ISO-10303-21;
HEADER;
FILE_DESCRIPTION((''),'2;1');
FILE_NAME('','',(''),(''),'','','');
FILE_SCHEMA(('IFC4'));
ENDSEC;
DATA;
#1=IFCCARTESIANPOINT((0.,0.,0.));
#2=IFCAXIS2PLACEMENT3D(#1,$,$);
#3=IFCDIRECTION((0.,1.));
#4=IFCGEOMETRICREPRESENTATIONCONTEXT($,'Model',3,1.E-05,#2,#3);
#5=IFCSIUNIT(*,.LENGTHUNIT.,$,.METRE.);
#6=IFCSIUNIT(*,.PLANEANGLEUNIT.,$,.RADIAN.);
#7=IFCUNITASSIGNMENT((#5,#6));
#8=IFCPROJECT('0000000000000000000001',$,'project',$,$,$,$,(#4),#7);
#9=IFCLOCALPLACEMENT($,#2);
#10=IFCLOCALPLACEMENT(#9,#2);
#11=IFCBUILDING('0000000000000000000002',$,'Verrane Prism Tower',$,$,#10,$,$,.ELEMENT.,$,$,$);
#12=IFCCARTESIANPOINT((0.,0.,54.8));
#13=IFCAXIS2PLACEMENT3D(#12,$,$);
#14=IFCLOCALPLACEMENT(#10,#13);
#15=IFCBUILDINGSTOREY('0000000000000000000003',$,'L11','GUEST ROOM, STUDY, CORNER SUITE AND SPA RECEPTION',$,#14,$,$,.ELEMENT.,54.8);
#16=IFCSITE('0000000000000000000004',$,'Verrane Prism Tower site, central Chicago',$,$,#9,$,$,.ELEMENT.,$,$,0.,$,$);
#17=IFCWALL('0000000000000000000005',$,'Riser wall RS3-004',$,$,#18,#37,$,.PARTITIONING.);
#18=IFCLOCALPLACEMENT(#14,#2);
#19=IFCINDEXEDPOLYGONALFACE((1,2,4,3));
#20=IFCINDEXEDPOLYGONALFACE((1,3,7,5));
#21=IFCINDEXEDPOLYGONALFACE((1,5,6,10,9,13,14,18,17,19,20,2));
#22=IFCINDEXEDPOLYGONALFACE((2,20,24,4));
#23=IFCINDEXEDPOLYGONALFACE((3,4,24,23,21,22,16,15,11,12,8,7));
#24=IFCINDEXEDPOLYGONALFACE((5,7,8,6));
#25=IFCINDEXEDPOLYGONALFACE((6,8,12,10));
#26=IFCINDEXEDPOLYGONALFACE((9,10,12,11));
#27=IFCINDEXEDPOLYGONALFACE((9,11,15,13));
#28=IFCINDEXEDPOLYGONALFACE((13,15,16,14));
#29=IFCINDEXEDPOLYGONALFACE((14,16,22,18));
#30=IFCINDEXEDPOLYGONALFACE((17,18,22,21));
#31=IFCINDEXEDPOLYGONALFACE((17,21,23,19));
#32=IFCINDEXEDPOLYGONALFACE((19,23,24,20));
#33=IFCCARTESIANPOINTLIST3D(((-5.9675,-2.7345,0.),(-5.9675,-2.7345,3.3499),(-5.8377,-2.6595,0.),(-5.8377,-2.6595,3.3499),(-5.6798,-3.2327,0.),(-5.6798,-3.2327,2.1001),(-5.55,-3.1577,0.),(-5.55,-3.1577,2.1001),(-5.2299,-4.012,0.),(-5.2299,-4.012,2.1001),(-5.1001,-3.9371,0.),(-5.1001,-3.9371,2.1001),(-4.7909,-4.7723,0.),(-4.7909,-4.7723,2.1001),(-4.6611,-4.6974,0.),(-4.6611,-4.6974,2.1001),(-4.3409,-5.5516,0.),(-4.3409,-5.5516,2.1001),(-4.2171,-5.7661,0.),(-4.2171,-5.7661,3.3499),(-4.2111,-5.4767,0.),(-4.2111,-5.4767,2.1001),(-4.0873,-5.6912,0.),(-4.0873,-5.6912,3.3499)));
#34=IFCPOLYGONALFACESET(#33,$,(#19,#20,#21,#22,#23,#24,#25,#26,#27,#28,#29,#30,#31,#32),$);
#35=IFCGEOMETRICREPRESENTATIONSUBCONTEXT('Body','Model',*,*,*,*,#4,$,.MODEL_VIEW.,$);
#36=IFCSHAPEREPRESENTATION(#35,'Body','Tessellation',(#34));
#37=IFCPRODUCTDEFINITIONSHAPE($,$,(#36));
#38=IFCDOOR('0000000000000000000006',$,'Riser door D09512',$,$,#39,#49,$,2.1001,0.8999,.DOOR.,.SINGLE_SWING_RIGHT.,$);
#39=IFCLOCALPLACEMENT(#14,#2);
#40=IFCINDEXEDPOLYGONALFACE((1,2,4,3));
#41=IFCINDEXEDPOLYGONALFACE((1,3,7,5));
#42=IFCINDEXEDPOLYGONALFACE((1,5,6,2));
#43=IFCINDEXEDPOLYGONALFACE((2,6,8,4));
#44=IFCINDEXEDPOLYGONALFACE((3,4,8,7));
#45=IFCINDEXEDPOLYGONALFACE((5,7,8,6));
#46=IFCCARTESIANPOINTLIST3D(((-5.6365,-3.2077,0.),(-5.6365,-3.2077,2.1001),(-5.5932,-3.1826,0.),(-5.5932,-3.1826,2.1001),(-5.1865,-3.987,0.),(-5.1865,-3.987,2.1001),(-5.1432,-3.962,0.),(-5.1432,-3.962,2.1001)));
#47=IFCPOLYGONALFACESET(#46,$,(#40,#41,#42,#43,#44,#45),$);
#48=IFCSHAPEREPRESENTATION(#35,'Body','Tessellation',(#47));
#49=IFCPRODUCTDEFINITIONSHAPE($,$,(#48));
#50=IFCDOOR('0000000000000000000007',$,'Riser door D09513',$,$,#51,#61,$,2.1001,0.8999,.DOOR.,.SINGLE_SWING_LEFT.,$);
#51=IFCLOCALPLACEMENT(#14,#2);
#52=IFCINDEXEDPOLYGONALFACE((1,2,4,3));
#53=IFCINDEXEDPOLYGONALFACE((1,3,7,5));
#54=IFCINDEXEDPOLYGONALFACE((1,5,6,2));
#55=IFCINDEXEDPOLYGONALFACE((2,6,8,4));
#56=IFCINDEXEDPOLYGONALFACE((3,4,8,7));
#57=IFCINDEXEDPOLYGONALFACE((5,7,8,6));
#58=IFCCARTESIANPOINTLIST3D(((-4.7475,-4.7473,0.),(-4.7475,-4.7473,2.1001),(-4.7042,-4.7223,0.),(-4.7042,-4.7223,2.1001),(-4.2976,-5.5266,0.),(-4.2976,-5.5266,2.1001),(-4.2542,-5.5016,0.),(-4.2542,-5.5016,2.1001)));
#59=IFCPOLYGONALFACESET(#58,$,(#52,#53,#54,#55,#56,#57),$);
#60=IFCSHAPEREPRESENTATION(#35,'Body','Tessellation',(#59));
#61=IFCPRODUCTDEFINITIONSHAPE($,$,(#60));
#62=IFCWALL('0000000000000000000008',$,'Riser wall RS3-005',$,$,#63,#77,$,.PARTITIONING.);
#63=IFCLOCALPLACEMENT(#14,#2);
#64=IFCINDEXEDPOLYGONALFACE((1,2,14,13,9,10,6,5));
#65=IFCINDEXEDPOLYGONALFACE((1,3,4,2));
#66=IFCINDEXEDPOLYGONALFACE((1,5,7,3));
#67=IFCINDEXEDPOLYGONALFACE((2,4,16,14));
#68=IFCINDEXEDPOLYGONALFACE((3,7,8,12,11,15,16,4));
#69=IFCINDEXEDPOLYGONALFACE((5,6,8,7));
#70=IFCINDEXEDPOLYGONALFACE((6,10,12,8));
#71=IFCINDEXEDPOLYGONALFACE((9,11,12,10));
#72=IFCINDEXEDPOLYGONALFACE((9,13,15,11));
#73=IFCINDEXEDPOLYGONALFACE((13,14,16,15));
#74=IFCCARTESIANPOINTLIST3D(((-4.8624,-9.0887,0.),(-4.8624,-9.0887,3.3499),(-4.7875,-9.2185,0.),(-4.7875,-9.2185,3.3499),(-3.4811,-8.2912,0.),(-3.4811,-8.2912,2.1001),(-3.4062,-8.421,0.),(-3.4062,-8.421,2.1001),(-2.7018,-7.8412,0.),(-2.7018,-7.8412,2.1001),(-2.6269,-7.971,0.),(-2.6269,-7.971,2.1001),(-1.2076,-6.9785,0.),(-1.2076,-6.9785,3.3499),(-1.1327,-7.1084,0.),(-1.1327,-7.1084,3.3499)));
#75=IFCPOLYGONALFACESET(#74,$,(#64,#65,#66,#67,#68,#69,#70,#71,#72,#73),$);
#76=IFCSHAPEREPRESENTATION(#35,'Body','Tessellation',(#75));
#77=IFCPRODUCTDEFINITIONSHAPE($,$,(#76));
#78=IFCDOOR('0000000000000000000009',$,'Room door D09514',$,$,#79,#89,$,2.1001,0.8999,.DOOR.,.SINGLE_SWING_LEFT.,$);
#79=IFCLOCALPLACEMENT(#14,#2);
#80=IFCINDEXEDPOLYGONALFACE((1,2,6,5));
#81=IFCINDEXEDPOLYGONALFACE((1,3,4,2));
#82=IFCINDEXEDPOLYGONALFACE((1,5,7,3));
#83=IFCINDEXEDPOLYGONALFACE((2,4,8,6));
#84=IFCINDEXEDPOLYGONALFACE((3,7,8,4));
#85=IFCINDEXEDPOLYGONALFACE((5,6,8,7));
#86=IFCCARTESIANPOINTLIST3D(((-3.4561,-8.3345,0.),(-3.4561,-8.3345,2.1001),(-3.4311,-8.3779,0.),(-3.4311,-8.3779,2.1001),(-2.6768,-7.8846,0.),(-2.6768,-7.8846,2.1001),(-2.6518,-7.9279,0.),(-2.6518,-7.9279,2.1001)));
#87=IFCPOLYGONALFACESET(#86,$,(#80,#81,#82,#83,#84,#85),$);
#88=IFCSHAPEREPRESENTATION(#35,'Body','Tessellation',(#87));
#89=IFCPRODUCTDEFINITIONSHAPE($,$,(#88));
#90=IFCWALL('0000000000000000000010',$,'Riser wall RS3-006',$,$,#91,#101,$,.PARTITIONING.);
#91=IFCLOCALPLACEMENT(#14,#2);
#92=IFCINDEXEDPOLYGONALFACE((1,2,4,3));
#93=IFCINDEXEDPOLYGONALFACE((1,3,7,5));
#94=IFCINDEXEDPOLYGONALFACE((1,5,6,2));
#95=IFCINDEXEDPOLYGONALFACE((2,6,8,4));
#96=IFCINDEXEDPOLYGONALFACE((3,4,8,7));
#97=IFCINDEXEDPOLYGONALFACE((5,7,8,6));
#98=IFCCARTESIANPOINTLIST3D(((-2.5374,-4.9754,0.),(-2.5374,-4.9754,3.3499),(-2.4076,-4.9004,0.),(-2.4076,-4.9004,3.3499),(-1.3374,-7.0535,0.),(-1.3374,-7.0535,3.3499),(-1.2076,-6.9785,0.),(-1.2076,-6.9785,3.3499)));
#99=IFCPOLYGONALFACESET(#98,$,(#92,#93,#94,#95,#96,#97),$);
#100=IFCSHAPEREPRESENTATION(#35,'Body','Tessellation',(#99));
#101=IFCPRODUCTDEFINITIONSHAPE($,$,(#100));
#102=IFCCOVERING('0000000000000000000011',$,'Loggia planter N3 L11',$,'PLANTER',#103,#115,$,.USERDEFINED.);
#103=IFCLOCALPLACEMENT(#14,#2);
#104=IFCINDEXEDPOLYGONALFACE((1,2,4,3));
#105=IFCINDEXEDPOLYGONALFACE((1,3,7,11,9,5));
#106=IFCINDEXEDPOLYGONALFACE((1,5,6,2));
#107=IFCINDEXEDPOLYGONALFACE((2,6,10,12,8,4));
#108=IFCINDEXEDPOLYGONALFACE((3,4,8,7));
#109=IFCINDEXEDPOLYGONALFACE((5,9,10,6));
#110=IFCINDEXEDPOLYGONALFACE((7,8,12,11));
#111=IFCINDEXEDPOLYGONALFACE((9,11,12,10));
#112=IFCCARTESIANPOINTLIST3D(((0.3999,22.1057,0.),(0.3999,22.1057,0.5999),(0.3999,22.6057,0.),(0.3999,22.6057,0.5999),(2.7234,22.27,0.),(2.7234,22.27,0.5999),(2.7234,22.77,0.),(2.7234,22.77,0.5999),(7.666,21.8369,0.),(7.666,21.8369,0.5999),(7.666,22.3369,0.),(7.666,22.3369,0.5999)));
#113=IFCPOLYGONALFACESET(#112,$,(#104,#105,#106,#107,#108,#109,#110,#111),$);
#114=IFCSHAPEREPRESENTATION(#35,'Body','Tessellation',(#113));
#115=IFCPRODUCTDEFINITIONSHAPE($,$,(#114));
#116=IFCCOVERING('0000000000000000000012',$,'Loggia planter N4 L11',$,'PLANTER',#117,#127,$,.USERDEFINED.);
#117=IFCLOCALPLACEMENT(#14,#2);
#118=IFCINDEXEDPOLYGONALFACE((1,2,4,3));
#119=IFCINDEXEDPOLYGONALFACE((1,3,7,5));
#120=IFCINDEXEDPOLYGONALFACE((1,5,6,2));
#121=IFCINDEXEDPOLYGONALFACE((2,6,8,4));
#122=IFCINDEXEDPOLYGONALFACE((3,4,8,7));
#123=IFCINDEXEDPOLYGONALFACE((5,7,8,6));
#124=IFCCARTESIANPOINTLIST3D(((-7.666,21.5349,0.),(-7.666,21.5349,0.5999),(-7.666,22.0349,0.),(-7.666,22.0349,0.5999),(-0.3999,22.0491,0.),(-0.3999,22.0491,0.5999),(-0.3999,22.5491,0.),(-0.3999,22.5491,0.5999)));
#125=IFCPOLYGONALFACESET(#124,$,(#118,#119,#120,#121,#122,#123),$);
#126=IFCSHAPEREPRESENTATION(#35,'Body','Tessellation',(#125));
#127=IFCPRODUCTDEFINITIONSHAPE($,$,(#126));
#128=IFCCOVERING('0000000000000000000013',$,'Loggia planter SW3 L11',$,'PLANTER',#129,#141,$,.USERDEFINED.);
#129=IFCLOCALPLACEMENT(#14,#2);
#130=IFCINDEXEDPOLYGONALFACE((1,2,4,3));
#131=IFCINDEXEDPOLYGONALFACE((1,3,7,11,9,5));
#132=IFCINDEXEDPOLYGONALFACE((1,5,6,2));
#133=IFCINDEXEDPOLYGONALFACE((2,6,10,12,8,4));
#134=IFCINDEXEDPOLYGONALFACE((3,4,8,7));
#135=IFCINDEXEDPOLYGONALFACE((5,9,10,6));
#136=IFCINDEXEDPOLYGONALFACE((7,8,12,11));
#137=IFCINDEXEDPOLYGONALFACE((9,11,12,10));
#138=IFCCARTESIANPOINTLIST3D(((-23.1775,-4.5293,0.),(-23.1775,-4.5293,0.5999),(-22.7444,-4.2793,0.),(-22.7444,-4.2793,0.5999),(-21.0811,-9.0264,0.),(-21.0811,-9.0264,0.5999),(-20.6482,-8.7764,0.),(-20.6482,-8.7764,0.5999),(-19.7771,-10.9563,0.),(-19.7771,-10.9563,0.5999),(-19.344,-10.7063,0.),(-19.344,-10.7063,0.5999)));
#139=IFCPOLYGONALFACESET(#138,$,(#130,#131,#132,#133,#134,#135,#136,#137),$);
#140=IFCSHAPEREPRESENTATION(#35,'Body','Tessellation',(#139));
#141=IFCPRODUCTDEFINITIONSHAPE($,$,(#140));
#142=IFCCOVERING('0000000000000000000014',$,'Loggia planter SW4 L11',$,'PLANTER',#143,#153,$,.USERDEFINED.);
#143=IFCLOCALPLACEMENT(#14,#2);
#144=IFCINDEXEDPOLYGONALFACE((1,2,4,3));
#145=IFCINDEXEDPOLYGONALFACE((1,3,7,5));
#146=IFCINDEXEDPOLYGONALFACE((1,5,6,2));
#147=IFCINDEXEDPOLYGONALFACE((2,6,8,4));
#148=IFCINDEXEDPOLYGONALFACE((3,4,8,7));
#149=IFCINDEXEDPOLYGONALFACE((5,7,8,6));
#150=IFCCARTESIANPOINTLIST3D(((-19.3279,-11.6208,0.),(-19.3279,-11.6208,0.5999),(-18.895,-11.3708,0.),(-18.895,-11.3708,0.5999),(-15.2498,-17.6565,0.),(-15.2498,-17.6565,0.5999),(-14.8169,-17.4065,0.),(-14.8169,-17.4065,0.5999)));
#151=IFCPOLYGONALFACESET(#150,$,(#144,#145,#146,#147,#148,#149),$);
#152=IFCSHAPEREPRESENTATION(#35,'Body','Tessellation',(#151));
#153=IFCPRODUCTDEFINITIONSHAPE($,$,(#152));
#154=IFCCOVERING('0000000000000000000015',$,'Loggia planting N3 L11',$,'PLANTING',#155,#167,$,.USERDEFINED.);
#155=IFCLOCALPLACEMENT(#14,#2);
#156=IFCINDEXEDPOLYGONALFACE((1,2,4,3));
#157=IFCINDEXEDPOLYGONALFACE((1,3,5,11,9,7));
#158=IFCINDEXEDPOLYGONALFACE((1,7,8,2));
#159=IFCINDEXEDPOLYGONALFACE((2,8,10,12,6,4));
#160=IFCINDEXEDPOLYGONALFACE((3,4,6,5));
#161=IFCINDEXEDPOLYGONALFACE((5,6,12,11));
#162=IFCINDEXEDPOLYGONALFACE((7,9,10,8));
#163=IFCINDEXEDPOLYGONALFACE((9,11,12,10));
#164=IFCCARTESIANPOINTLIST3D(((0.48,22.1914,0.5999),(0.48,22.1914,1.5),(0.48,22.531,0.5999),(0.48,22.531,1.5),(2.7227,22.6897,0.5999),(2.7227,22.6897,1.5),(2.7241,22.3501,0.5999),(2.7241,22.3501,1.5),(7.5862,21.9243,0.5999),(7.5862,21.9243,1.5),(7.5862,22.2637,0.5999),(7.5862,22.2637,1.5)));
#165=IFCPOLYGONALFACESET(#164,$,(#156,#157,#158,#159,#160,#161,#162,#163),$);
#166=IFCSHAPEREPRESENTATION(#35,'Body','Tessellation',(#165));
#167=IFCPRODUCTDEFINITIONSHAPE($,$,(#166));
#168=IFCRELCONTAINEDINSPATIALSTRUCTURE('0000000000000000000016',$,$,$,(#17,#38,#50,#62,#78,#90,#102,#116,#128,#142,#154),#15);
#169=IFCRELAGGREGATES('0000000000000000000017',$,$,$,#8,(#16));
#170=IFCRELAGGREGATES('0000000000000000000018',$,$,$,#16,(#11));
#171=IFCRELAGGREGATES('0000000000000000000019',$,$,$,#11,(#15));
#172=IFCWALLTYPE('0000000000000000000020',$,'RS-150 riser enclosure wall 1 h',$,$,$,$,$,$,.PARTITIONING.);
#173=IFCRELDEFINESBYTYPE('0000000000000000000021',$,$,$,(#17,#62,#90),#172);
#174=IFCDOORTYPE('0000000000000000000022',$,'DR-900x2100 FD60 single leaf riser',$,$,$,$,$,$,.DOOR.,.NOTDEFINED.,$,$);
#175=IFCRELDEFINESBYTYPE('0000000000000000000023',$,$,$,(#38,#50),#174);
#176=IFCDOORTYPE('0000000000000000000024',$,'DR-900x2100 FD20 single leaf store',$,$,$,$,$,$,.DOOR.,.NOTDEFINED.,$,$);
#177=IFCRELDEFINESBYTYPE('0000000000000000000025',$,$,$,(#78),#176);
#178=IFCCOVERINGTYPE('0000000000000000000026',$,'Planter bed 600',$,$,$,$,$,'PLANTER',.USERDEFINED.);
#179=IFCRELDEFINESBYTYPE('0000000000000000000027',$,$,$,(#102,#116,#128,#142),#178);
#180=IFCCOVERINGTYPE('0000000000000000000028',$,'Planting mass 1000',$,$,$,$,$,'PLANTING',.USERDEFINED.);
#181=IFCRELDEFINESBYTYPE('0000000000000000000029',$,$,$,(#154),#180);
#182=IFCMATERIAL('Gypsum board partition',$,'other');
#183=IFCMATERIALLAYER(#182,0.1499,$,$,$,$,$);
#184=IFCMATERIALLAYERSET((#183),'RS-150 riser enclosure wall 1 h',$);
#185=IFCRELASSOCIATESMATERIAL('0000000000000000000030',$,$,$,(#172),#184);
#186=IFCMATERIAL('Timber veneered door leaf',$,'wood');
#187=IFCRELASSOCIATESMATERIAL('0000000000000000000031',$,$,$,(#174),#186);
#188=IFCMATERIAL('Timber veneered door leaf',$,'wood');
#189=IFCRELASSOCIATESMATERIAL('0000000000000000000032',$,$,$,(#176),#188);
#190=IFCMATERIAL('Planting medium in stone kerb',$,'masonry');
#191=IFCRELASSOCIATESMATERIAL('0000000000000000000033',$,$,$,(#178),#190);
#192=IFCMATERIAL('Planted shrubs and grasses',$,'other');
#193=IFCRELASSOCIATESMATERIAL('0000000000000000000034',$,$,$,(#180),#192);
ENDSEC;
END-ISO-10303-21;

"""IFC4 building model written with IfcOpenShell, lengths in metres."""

from ifc_helpers import new_model, si_unit, direction, frame, frame_2d, origin, place, context, subcontext, project, spatial, polyline, rectangle, outline, extrude, material, layer, layer_set, type_object, element, fill, save


model = new_model("IFC4")

# Units and contexts
model_context = context("Model", 3, precision=1e-05, world=origin(), true_north=direction((0.0, 1.0)))
body_context = subcontext(model_context, "Body", "Model", "MODEL_VIEW")
ifc_project = project(units=[si_unit("LENGTHUNIT", "METRE"), si_unit("PLANEANGLEUNIT", "RADIAN")], contexts=[model_context])

# Site, building, storey
site_placement = place(None, origin())
site = spatial("IfcSite", under=ifc_project, at=site_placement, Name="Verrane Prism Tower site, central Chicago", CompositionType="ELEMENT", RefElevation=0.0)
building_placement = place(site_placement, origin())
building = spatial("IfcBuilding", under=site, at=building_placement, Name="Verrane Prism Tower", CompositionType="ELEMENT")
storey_placement = place(building_placement, frame((0.0, 0.0, 54.8)))
storey = spatial("IfcBuildingStorey", under=building, at=storey_placement, Name="L11", Description="GUEST ROOM, STUDY, CORNER SUITE AND SPA RECEPTION", CompositionType="ELEMENT", Elevation=54.8)

# Shared definitions
ifc_material_1 = material(Name="Gypsum board partition", Category="other")
ifc_layer_1 = layer(ifc_material_1, 0.1499)
ifc_layer_set_1 = layer_set([ifc_layer_1], Name="RS-150 riser enclosure wall 1 h")
wall_type_1 = type_object("IfcWallType", Name="RS-150 riser enclosure wall 1 h", PredefinedType="PARTITIONING", material=ifc_layer_set_1)

# Wall, openings, doors
wall_1_placement = place(storey_placement, frame((-4.1521, -5.7288, 0.0), z_axis=(0.0, 0.0, 1.0), x_axis=(-0.500024, 0.866011, 0.0)))
wall_1 = element("IfcWall", 1, at=wall_1_placement, inside=storey, type_object=wall_type_1, Name="Riser wall RS3-004", PredefinedType="PARTITIONING", context=body_context, shape_type="SweptSolid", body=[
    extrude(rectangle(XDim=3.5007, YDim=0.1499, at=frame_2d((1.7505, 0.0))), origin(), (0.0, 0.0, 1.0), 3.3499),
])
opening_1_placement = place(wall_1_placement, frame((2.0256, 0.0, 0.0)))
opening_1 = element("IfcOpeningElement", 2, at=opening_1_placement, cuts=wall_1, PredefinedType="OPENING", context=body_context, shape_type="SweptSolid", body=[
    extrude(rectangle(XDim=0.8999, YDim=2.1001, at=frame_2d((0.45, 1.05))), frame((0.0, 0.085, 0.0), z_axis=(0.0, -1.0, 0.0), x_axis=(1.0, 0.0, 0.0)), (0.0, 0.0, 1.0), 0.1699),
])
opening_2_placement = place(wall_1_placement, frame((0.2478, 0.0, 0.0)))
opening_2 = element("IfcOpeningElement", 3, at=opening_2_placement, cuts=wall_1, PredefinedType="OPENING", context=body_context, shape_type="SweptSolid", body=[
    extrude(rectangle(XDim=0.8999, YDim=2.1001, at=frame_2d((0.45, 1.05))), frame((0.0, 0.085, 0.0), z_axis=(0.0, -1.0, 0.0), x_axis=(1.0, 0.0, 0.0)), (0.0, 0.0, 1.0), 0.1699),
])
ifc_material_2 = material(Name="Timber veneered door leaf", Category="wood")
door_type_1 = type_object("IfcDoorType", Name="DR-900x2100 FD60 single leaf riser", OperationType="NOTDEFINED", PredefinedType="DOOR", material=ifc_material_2)
door_1_placement = place(opening_1_placement, origin())
door_1 = element("IfcDoor", 4, at=door_1_placement, inside=storey, type_object=door_type_1, Name="Riser door D09512", OperationType="SINGLE_SWING_RIGHT", OverallHeight=2.1001, OverallWidth=0.8999, PredefinedType="DOOR", context=body_context, shape_type="SweptSolid", body=[
    extrude(rectangle(XDim=0.8999, YDim=2.1001, at=frame_2d((0.45, 1.05))), frame((0.0, 0.0249, 0.0), z_axis=(0.0, -1.0, 0.0), x_axis=(1.0, 0.0, 0.0)), (0.0, 0.0, 1.0), 0.05),
])
fill(opening_1, door_1)
door_2_placement = place(opening_2_placement, origin())
door_2 = element("IfcDoor", 5, at=door_2_placement, inside=storey, type_object=door_type_1, Name="Riser door D09513", OperationType="SINGLE_SWING_LEFT", OverallHeight=2.1001, OverallWidth=0.8999, PredefinedType="DOOR", context=body_context, shape_type="SweptSolid", body=[
    extrude(rectangle(XDim=0.8999, YDim=2.1001, at=frame_2d((0.45, 1.05))), frame((0.0, 0.0249, 0.0), z_axis=(0.0, -1.0, 0.0), x_axis=(1.0, 0.0, 0.0)), (0.0, 0.0, 1.0), 0.05),
])
fill(opening_2, door_2)

# Wall, opening, door
wall_2_placement = place(storey_placement, frame((-4.825, -9.1536, 0.0), z_axis=(0.0, 0.0, 1.0), x_axis=(0.866024, 0.500003, 0.0)))
wall_2 = element("IfcWall", 6, at=wall_2_placement, inside=storey, type_object=wall_type_1, Name="Riser wall RS3-005", PredefinedType="PARTITIONING", context=body_context, shape_type="SweptSolid", body=[
    extrude(rectangle(XDim=4.2202, YDim=0.1499, at=frame_2d((2.1101, 0.0))), origin(), (0.0, 0.0, 1.0), 3.3499),
])
opening_3_placement = place(wall_2_placement, frame((1.595, 0.0, 0.0)))
opening_3 = element("IfcOpeningElement", 7, at=opening_3_placement, cuts=wall_2, PredefinedType="OPENING", context=body_context, shape_type="SweptSolid", body=[
    extrude(rectangle(XDim=0.8999, YDim=2.1001, at=frame_2d((0.45, 1.05))), frame((0.0, 0.085, 0.0), z_axis=(0.0, -1.0, 0.0), x_axis=(1.0, 0.0, 0.0)), (0.0, 0.0, 1.0), 0.1699),
])
ifc_material_3 = material(Name="Timber veneered door leaf", Category="wood")
door_type_2 = type_object("IfcDoorType", Name="DR-900x2100 FD20 single leaf store", OperationType="NOTDEFINED", PredefinedType="DOOR", material=ifc_material_3)
door_3_placement = place(opening_3_placement, origin())
door_3 = element("IfcDoor", 8, at=door_3_placement, inside=storey, type_object=door_type_2, Name="Room door D09514", OperationType="SINGLE_SWING_LEFT", OverallHeight=2.1001, OverallWidth=0.8999, PredefinedType="DOOR", context=body_context, shape_type="SweptSolid", body=[
    extrude(rectangle(XDim=0.8999, YDim=2.1001, at=frame_2d((0.45, 1.05))), frame((0.0, 0.0249, 0.0), z_axis=(0.0, -1.0, 0.0), x_axis=(1.0, 0.0, 0.0)), (0.0, 0.0, 1.0), 0.05),
])
fill(opening_3, door_3)

# Wall
wall_3_placement = place(storey_placement, frame((-2.4724, -4.938, 0.0), z_axis=(0.0, 0.0, 1.0), x_axis=(0.500045, -0.865999, 0.0)))
element("IfcWall", 9, at=wall_3_placement, inside=storey, type_object=wall_type_1, Name="Riser wall RS3-006", PredefinedType="PARTITIONING", context=body_context, shape_type="SweptSolid", body=[
    extrude(rectangle(XDim=2.3997, YDim=0.1499, at=frame_2d((1.1997, 0.0))), origin(), (0.0, 0.0, 1.0), 3.3499),
])

# Coverings
ifc_material_4 = material(Name="Planting medium in stone kerb", Category="masonry")
covering_type_1 = type_object("IfcCoveringType", Name="Planter bed 600", ElementType="PLANTER", PredefinedType="USERDEFINED", material=ifc_material_4)
covering_1_placement = place(storey_placement, origin())
element("IfcCovering", 10, at=covering_1_placement, inside=storey, type_object=covering_type_1, Name="Loggia planter N3 L11", ObjectType="PLANTER", PredefinedType="USERDEFINED", context=body_context, shape_type="SweptSolid", body=[
    extrude(outline(polyline([(7.666, 22.3369), (2.7234, 22.77), (0.3999, 22.6057), (0.3999, 22.1057), (2.7234, 22.27), (7.666, 21.8369), (7.666, 22.3369)])), origin(), (0.0, 0.0, 1.0), 0.5999),
])
covering_2_placement = place(storey_placement, origin())
element("IfcCovering", 11, at=covering_2_placement, inside=storey, type_object=covering_type_1, Name="Loggia planter N4 L11", ObjectType="PLANTER", PredefinedType="USERDEFINED", context=body_context, shape_type="SweptSolid", body=[
    extrude(outline(polyline([(-0.3999, 22.5491), (-7.666, 22.0349), (-7.666, 21.5349), (-0.3999, 22.0491), (-0.3999, 22.5491)])), origin(), (0.0, 0.0, 1.0), 0.5999),
])
covering_3_placement = place(storey_placement, origin())
element("IfcCovering", 12, at=covering_3_placement, inside=storey, type_object=covering_type_1, Name="Loggia planter SW3 L11", ObjectType="PLANTER", PredefinedType="USERDEFINED", context=body_context, shape_type="SweptSolid", body=[
    extrude(outline(polyline([(-23.1775, -4.5293), (-21.0811, -9.0264), (-19.7771, -10.9563), (-19.344, -10.7063), (-20.6482, -8.7764), (-22.7444, -4.2793), (-23.1775, -4.5293)])), origin(), (0.0, 0.0, 1.0), 0.5999),
])
covering_4_placement = place(storey_placement, origin())
element("IfcCovering", 13, at=covering_4_placement, inside=storey, type_object=covering_type_1, Name="Loggia planter SW4 L11", ObjectType="PLANTER", PredefinedType="USERDEFINED", context=body_context, shape_type="SweptSolid", body=[
    extrude(outline(polyline([(-19.3279, -11.6208), (-15.2498, -17.6565), (-14.8169, -17.4065), (-18.895, -11.3708), (-19.3279, -11.6208)])), origin(), (0.0, 0.0, 1.0), 0.5999),
])
ifc_material_5 = material(Name="Planted shrubs and grasses", Category="other")
covering_type_2 = type_object("IfcCoveringType", Name="Planting mass 1000", ElementType="PLANTING", PredefinedType="USERDEFINED", material=ifc_material_5)
covering_5_placement = place(storey_placement, frame((0.0, 0.0, 0.5999)))
element("IfcCovering", 14, at=covering_5_placement, inside=storey, type_object=covering_type_2, Name="Loggia planting N3 L11", ObjectType="PLANTING", PredefinedType="USERDEFINED", context=body_context, shape_type="SweptSolid", body=[
    extrude(outline(polyline([(2.7227, 22.6897), (0.48, 22.531), (0.48, 22.1914), (2.7241, 22.3501), (7.5862, 21.9243), (7.5862, 22.2637), (2.7227, 22.6897)])), origin(), (0.0, 0.0, 1.0), 0.9001),
])

save(model, "model.ifc")
